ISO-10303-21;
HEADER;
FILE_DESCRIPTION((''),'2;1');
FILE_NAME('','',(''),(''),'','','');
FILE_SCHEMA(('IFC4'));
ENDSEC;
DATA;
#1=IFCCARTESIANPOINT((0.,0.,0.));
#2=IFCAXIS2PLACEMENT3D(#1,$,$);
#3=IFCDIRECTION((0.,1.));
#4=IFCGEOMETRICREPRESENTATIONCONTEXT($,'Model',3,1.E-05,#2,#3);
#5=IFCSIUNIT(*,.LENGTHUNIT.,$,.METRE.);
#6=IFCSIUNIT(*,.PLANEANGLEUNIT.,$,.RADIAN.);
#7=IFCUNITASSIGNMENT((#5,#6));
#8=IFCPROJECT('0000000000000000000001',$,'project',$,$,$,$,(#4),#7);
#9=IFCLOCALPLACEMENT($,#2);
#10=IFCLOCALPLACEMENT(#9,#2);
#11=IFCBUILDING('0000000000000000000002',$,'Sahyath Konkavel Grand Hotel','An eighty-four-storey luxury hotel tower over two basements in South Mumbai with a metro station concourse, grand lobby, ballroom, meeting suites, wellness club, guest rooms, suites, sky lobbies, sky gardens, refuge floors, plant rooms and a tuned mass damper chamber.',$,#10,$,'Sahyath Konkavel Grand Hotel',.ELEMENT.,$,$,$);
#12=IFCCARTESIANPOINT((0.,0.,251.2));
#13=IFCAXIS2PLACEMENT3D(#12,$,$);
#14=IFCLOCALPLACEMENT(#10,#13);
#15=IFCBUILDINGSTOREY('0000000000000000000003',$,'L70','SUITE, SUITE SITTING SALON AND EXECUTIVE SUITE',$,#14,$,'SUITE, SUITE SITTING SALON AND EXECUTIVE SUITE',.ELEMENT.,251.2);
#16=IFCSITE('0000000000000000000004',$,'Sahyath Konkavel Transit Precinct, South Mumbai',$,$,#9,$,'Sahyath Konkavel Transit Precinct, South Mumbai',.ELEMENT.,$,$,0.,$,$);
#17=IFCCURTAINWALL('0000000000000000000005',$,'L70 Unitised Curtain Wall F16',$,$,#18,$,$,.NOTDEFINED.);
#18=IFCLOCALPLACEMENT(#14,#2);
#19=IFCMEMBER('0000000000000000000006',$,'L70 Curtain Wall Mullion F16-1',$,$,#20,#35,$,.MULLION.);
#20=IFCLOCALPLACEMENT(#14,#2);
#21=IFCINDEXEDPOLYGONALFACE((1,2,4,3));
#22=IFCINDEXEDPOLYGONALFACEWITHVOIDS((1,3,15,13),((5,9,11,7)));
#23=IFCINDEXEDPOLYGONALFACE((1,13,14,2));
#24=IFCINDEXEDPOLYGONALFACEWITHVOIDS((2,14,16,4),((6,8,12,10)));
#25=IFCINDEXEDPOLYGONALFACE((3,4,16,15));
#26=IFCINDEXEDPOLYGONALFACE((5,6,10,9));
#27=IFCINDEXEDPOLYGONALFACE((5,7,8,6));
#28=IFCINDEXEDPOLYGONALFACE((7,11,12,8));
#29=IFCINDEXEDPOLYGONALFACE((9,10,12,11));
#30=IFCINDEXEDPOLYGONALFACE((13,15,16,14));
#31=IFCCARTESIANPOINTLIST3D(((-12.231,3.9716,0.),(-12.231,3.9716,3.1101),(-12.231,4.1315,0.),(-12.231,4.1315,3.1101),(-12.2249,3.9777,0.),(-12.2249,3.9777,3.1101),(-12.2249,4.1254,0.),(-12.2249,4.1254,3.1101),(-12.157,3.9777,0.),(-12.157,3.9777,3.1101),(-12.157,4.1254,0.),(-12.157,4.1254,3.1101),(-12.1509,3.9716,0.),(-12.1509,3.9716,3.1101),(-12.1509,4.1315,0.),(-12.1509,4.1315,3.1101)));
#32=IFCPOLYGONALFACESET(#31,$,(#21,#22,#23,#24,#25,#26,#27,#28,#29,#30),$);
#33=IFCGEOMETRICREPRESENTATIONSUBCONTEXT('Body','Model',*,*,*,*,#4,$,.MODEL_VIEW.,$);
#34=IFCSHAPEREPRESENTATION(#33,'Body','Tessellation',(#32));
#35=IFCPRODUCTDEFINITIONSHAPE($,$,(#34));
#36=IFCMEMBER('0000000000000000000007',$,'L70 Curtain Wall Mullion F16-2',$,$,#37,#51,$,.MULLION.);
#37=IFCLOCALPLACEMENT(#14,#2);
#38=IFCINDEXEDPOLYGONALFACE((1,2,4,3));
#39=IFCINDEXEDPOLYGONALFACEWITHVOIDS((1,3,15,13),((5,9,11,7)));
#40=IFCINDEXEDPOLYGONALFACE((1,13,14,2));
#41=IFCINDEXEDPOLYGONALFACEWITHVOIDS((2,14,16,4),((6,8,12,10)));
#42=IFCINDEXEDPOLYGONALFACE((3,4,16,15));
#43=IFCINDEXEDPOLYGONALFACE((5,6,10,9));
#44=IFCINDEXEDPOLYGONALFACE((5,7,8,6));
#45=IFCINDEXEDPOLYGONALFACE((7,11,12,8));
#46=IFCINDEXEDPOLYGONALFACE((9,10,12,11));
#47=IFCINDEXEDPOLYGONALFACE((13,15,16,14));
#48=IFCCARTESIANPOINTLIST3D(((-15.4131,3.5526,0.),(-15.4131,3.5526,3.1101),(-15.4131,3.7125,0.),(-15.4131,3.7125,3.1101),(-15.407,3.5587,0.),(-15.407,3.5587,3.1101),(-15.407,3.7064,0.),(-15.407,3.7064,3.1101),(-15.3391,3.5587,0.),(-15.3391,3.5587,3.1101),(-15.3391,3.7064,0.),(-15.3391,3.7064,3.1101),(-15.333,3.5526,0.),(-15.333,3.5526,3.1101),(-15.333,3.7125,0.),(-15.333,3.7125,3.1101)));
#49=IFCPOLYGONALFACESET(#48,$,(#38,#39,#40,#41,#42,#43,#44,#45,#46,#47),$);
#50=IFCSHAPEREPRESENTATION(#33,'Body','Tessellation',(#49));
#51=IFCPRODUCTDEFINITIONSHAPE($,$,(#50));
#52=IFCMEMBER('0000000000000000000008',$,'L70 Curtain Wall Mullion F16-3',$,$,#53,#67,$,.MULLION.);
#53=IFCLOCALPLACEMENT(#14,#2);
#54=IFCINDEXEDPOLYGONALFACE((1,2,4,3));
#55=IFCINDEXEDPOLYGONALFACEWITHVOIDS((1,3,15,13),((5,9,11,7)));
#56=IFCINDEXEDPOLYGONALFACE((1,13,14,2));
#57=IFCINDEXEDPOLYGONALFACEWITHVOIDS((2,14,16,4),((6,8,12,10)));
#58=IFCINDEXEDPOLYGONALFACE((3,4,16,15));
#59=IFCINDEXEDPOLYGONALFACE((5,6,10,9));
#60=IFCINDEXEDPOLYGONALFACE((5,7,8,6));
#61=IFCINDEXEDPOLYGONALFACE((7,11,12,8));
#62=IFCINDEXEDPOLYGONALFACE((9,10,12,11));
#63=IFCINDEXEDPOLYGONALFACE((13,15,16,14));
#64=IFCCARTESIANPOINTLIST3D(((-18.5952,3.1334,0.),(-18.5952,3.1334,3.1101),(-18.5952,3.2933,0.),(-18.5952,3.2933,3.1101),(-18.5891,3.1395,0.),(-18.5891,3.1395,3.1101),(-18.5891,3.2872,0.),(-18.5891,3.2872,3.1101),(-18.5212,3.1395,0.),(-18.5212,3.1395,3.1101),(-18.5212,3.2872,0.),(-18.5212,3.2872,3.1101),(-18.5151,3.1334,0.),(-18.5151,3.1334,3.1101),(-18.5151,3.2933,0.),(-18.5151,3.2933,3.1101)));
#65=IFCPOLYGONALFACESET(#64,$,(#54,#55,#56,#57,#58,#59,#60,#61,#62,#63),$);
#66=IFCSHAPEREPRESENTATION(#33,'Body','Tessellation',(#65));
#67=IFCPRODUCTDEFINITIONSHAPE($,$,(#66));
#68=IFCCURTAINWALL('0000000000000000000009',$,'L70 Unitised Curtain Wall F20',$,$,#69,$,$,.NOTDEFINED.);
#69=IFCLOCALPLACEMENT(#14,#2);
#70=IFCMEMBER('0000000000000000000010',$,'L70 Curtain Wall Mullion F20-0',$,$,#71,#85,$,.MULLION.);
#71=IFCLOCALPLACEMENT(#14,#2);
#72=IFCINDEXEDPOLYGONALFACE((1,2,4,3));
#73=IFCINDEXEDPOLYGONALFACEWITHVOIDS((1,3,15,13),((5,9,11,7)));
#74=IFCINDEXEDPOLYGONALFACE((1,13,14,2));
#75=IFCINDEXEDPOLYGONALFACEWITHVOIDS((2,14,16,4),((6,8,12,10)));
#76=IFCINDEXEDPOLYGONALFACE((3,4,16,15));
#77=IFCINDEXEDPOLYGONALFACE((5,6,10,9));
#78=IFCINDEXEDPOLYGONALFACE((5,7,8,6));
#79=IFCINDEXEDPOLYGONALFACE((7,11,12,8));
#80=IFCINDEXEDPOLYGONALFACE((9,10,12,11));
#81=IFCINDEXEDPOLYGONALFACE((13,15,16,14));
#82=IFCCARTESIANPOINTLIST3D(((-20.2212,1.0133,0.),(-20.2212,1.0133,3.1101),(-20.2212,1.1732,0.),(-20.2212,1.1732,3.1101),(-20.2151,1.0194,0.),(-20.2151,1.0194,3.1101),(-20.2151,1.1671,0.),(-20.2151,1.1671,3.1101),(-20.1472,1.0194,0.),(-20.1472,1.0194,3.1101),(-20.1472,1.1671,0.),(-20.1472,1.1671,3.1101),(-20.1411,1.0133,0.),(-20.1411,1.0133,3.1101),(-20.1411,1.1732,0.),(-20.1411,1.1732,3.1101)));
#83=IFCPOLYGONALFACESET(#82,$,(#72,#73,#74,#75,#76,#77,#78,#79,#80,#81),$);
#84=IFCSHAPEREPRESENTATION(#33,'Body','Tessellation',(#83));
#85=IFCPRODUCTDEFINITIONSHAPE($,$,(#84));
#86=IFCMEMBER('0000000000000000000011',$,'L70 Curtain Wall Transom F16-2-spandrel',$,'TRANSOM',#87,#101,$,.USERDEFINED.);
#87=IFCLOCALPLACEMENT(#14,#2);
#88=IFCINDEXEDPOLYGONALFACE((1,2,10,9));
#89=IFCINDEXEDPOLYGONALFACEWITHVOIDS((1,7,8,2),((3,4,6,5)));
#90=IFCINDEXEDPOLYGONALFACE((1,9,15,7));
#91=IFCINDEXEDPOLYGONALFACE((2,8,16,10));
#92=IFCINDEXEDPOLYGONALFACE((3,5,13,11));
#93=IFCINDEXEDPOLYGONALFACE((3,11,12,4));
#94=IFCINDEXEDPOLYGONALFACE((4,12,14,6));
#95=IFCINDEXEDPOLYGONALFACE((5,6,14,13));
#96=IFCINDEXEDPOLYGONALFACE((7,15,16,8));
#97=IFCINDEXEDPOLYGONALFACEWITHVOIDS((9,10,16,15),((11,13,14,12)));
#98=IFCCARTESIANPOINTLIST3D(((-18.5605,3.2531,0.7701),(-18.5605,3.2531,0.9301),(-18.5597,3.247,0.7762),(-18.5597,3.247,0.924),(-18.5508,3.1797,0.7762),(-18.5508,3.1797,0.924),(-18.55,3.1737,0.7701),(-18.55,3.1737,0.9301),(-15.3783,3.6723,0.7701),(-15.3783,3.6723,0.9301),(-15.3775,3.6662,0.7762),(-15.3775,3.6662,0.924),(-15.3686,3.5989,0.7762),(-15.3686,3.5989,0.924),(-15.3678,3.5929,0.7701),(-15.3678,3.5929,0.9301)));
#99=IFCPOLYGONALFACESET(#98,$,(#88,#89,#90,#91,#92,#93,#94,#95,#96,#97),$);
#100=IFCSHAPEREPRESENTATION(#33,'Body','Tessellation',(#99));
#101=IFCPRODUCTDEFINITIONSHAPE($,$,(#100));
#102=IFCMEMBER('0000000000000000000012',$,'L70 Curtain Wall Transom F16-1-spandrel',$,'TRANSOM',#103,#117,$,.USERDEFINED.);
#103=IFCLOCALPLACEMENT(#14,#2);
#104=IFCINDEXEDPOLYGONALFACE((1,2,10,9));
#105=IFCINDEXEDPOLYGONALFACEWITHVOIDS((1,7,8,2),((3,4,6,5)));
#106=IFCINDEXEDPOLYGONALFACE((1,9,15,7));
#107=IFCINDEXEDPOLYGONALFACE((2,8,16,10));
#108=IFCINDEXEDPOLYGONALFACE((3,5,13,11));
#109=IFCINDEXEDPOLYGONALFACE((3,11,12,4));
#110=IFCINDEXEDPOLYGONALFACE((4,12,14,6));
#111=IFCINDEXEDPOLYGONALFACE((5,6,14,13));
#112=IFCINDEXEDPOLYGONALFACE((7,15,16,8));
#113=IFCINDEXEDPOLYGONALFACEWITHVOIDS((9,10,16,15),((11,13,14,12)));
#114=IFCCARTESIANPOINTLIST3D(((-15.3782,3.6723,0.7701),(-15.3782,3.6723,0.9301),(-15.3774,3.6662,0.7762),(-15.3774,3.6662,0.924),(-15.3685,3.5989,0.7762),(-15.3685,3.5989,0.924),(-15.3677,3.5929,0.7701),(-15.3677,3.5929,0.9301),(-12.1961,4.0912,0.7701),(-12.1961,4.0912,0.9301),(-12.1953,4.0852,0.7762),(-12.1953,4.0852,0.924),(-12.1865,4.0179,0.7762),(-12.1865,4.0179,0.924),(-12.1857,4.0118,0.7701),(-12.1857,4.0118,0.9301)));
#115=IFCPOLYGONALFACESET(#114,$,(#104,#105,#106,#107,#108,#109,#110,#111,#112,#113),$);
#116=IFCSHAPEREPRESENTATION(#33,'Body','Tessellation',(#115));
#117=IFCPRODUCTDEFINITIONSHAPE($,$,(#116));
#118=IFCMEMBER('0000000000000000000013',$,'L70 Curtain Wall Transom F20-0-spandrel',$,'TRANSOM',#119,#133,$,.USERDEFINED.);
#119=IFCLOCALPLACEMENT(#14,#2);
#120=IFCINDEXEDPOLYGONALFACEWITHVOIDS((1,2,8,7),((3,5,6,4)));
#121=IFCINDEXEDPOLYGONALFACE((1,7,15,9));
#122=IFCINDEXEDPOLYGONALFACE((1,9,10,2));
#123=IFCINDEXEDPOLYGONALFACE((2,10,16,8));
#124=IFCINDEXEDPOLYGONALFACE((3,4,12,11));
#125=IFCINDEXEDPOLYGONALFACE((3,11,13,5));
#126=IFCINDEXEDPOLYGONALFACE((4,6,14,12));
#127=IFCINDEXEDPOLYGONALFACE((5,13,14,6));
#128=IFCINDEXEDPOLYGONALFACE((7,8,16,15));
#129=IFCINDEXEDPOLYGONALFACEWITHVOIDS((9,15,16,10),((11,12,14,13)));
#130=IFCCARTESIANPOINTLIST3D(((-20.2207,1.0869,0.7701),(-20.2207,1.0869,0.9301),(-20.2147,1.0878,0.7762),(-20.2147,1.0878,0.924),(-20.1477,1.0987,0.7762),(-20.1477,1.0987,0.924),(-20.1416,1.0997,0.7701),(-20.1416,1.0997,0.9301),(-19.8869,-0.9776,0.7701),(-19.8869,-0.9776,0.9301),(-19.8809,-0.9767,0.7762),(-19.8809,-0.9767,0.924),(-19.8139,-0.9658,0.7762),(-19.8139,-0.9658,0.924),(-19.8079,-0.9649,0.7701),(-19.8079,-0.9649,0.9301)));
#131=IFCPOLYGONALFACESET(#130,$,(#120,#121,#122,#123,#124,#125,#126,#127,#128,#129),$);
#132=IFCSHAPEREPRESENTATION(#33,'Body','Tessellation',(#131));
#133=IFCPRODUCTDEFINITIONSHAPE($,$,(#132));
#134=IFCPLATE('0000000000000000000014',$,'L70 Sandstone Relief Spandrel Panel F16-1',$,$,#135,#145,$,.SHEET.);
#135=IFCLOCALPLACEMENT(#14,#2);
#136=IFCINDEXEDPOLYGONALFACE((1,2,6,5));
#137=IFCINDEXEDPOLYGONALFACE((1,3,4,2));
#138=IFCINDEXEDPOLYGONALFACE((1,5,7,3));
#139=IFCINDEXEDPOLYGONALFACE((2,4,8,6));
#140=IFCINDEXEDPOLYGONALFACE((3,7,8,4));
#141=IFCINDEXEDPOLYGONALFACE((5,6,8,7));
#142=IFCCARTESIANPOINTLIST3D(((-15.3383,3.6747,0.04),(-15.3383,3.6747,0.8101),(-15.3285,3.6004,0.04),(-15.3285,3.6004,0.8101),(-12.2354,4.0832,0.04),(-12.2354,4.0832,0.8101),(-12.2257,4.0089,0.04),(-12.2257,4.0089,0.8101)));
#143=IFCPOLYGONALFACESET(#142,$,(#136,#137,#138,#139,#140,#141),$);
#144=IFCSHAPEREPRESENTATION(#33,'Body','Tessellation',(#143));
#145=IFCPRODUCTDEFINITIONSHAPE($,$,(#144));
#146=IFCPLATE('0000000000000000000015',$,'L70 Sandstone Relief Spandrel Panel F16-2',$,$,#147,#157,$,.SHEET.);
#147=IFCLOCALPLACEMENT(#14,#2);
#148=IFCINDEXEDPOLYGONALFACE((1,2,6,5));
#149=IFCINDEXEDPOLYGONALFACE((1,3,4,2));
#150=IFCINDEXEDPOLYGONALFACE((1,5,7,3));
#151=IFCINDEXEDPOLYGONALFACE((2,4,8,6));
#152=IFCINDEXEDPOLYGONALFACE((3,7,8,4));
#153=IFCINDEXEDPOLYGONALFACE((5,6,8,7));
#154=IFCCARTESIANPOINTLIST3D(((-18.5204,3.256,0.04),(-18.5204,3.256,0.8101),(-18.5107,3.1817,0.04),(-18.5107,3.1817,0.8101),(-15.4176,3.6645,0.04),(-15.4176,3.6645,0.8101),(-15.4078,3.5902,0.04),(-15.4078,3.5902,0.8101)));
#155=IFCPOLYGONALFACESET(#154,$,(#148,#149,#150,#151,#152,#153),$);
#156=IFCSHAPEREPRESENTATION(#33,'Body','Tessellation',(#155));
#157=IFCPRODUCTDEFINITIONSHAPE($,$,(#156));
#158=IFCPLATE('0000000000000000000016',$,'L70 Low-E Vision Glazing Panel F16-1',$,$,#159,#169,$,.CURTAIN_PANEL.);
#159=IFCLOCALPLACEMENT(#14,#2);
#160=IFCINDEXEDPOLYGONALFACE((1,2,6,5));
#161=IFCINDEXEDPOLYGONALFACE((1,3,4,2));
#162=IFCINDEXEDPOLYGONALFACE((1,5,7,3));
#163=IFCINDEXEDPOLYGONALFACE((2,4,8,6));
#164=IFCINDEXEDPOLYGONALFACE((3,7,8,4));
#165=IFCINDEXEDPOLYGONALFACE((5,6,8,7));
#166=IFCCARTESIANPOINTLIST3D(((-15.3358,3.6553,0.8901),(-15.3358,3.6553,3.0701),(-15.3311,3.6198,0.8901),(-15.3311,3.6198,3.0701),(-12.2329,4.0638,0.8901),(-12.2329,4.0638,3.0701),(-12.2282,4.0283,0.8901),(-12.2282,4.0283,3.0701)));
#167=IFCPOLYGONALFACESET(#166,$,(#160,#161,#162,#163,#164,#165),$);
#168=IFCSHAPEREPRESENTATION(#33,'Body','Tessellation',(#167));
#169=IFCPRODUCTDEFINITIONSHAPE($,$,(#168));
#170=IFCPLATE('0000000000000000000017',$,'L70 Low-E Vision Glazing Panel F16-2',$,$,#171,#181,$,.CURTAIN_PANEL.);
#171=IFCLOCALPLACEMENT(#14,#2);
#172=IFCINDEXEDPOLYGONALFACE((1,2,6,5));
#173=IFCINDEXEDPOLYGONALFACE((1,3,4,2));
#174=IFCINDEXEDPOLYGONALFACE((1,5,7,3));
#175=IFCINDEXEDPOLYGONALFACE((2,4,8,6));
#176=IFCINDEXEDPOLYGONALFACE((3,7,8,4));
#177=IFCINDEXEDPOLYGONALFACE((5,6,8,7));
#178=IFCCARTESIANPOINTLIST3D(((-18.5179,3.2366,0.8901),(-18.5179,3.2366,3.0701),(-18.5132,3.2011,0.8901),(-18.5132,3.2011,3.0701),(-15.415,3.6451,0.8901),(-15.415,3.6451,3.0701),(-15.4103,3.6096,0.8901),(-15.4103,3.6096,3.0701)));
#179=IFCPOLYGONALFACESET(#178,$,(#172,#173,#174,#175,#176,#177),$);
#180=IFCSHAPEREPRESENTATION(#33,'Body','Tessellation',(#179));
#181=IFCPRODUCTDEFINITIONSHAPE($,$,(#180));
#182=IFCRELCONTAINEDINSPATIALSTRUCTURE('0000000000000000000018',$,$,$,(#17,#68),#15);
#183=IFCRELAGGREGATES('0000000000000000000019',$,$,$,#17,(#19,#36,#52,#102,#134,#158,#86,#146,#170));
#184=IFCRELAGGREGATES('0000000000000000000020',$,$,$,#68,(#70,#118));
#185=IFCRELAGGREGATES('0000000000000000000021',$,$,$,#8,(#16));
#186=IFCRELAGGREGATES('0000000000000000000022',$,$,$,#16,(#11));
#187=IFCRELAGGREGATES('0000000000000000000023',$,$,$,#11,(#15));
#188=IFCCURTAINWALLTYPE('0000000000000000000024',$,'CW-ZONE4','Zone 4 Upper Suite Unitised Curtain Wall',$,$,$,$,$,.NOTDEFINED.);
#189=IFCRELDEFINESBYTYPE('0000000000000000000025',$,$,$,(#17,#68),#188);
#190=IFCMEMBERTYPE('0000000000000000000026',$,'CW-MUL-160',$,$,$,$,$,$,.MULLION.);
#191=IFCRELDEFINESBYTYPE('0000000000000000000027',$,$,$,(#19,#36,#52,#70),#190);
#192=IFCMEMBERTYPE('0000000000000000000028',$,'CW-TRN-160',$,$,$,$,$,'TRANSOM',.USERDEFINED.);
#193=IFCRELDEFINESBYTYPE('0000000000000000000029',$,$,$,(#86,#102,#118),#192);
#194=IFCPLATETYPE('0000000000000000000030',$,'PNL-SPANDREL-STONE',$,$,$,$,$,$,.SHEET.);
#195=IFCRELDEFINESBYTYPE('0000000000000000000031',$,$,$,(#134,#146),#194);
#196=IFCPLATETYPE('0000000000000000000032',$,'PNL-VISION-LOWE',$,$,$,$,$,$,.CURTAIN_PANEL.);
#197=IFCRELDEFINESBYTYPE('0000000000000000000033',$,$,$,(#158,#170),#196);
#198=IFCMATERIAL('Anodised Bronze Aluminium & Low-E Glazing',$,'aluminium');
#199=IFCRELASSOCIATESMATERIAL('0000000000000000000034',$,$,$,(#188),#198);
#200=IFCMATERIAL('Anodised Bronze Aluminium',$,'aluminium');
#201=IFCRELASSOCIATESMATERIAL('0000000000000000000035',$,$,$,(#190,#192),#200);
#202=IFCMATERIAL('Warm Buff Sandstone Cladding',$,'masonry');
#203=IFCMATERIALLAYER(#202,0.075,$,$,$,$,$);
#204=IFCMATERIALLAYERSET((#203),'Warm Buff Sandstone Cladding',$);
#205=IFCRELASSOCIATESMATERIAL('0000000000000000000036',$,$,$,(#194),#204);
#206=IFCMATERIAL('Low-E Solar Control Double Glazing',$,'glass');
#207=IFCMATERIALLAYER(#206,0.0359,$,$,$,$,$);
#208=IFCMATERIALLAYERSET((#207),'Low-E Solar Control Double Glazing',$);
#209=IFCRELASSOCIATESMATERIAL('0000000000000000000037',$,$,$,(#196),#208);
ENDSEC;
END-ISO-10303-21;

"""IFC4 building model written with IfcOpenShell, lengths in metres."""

from ifc_helpers import new_model, si_unit, direction, frame, origin, origin_2d, place, context, subcontext, project, spatial, rectangle, hollow_rectangle, extrude, source, transform, mapped, material, layer, layer_set, material_profile, profile_set, type_object, element, aggregate, save


model = new_model("IFC4")

# Units and contexts
model_context = context("Model", 3, precision=1e-05, world=origin(), true_north=direction((0.0, 1.0)))
body_context = subcontext(model_context, "Body", "Model", "MODEL_VIEW")
ifc_project = project(units=[si_unit("LENGTHUNIT", "METRE"), si_unit("PLANEANGLEUNIT", "RADIAN")], contexts=[model_context])

# Site, building, storey
site_placement = place(None, origin())
site = spatial("IfcSite", under=ifc_project, at=site_placement, Name="Sahyath Konkavel Transit Precinct, South Mumbai", LongName="Sahyath Konkavel Transit Precinct, South Mumbai", CompositionType="ELEMENT", RefElevation=0.0)
building_placement = place(site_placement, origin())
building = spatial("IfcBuilding", under=site, at=building_placement, Name="Sahyath Konkavel Grand Hotel", Description="An eighty-four-storey luxury hotel tower over two basements in South Mumbai with a metro station concourse, grand lobby, ballroom, meeting suites, wellness club, guest rooms, suites, sky lobbies, sky gardens, refuge floors, plant rooms and a tuned mass damper chamber.", LongName="Sahyath Konkavel Grand Hotel", CompositionType="ELEMENT")
storey_placement = place(building_placement, frame((0.0, 0.0, 251.2)))
storey = spatial("IfcBuildingStorey", under=building, at=storey_placement, Name="L70", Description="SUITE, SUITE SITTING SALON AND EXECUTIVE SUITE", LongName="SUITE, SUITE SITTING SALON AND EXECUTIVE SUITE", CompositionType="ELEMENT", Elevation=251.2)

# Curtain wall, members
ifc_material_1 = material(Name="Anodised Bronze Aluminium & Low-E Glazing", Category="aluminium")
curtain_wall_type = type_object("IfcCurtainWallType", Name="CW-ZONE4", Description="Zone 4 Upper Suite Unitised Curtain Wall", PredefinedType="NOTDEFINED", material=ifc_material_1)
curtain_wall_1_placement = place(storey_placement, origin())
curtain_wall_1 = element("IfcCurtainWall", 1, at=curtain_wall_1_placement, inside=storey, type_object=curtain_wall_type, Name="L70 Unitised Curtain Wall F16", PredefinedType="NOTDEFINED")
ifc_material_2 = material(Name="Anodised Bronze Aluminium", Category="aluminium")
ifc_material_profile_1 = material_profile(ifc_material_2, hollow_rectangle(XDim=0.0801, YDim=0.1599, WallThickness=0.0061, at=origin_2d()), Name="RHS 160x80x6")
ifc_profile_set_1 = profile_set([ifc_material_profile_1], Name="Anodised Bronze Aluminium")
member_type_1 = type_object("IfcMemberType", Name="CW-MUL-160", PredefinedType="MULLION", material=ifc_profile_set_1)
shared_shape_1 = source(origin(), body_context, "Body", "SweptSolid", [
    extrude(hollow_rectangle(XDim=0.0801, YDim=0.1599, WallThickness=0.0061, at=origin_2d()), origin(), (0.0, 0.0, 1.0), 3.1101),
])
member_1_placement = place(storey_placement, frame((-12.1909, 4.0515, 0.0), z_axis=(0.0, 0.0, 1.0), x_axis=(1.0, 0.0, 0.0)))
member_1 = element("IfcMember", 2, at=member_1_placement, type_object=member_type_1, Name="L70 Curtain Wall Mullion F16-1", PredefinedType="MULLION", context=body_context, shape_type="MappedRepresentation", body=[
    mapped(shared_shape_1, transform((0.0, 0.0, 0.0), scale=1.0)),
])
member_2_placement = place(storey_placement, frame((-15.373, 3.6326, 0.0), z_axis=(0.0, 0.0, 1.0), x_axis=(1.0, 0.0, 0.0)))
member_2 = element("IfcMember", 3, at=member_2_placement, type_object=member_type_1, Name="L70 Curtain Wall Mullion F16-2", PredefinedType="MULLION", context=body_context, shape_type="MappedRepresentation", body=[
    mapped(shared_shape_1, transform((0.0, 0.0, 0.0), scale=1.0)),
])
member_3_placement = place(storey_placement, frame((-18.5552, 3.2134, 0.0), z_axis=(0.0, 0.0, 1.0), x_axis=(1.0, 0.0, 0.0)))
member_3 = element("IfcMember", 4, at=member_3_placement, type_object=member_type_1, Name="L70 Curtain Wall Mullion F16-3", PredefinedType="MULLION", context=body_context, shape_type="MappedRepresentation", body=[
    mapped(shared_shape_1, transform((0.0, 0.0, 0.0), scale=1.0)),
])

# Curtain wall, member
curtain_wall_2_placement = place(storey_placement, origin())
curtain_wall_2 = element("IfcCurtainWall", 5, at=curtain_wall_2_placement, inside=storey, type_object=curtain_wall_type, Name="L70 Unitised Curtain Wall F20", PredefinedType="NOTDEFINED")
member_4_placement = place(storey_placement, frame((-20.1812, 1.0933, 0.0), z_axis=(0.0, 0.0, 1.0), x_axis=(1.0, 0.0, 0.0)))
member_4 = element("IfcMember", 6, at=member_4_placement, type_object=member_type_1, Name="L70 Curtain Wall Mullion F20-0", PredefinedType="MULLION", context=body_context, shape_type="MappedRepresentation", body=[
    mapped(shared_shape_1, transform((0.0, 0.0, 0.0), scale=1.0)),
])

# Members
ifc_material_profile_2 = material_profile(ifc_material_2, hollow_rectangle(XDim=0.0801, YDim=0.1599, WallThickness=0.0061, at=origin_2d()), Name="RHS 160x80x6")
ifc_profile_set_2 = profile_set([ifc_material_profile_2], Name="Anodised Bronze Aluminium")
member_type_2 = type_object("IfcMemberType", Name="CW-TRN-160", ElementType="TRANSOM", PredefinedType="USERDEFINED", material=ifc_profile_set_2)
shared_shape_2 = source(origin(), body_context, "Body", "SweptSolid", [
    extrude(hollow_rectangle(XDim=0.0801, YDim=0.1599, WallThickness=0.0061, at=origin_2d()), origin(), (0.0, 0.0, 1.0), 3.2097),
])
member_5_placement = place(storey_placement, frame((-15.373, 3.6326, 0.8501), z_axis=(-0.991435, -0.130604, 0.0), x_axis=(0.130604, -0.991435, 0.0)))
member_5 = element("IfcMember", 7, at=member_5_placement, type_object=member_type_2, Name="L70 Curtain Wall Transom F16-2-spandrel", ObjectType="TRANSOM", PredefinedType="USERDEFINED", context=body_context, shape_type="MappedRepresentation", body=[
    mapped(shared_shape_2, transform((0.0, 0.0, 0.0), scale=1.0)),
])
shared_shape_3 = source(origin(), body_context, "Body", "SweptSolid", [
    extrude(hollow_rectangle(XDim=0.0801, YDim=0.1599, WallThickness=0.0061, at=origin_2d()), origin(), (0.0, 0.0, 1.0), 3.2095),
])
member_6_placement = place(storey_placement, frame((-12.1909, 4.0515, 0.8501), z_axis=(-0.991444, -0.130529, 0.0), x_axis=(0.130529, -0.991444, 0.0)))
member_6 = element("IfcMember", 8, at=member_6_placement, type_object=member_type_2, Name="L70 Curtain Wall Transom F16-1-spandrel", ObjectType="TRANSOM", PredefinedType="USERDEFINED", context=body_context, shape_type="MappedRepresentation", body=[
    mapped(shared_shape_3, transform((0.0, 0.0, 0.0), scale=1.0)),
])
shared_shape_4 = source(origin(), body_context, "Body", "SweptSolid", [
    extrude(hollow_rectangle(XDim=0.0801, YDim=0.1599, WallThickness=0.0061, at=origin_2d()), origin(), (0.0, 0.0, 1.0), 2.0913),
])
member_7_placement = place(storey_placement, frame((-20.1812, 1.0933, 0.8501), z_axis=(0.159588, -0.987184, 0.0), x_axis=(0.987184, 0.159588, 0.0)))
member_7 = element("IfcMember", 9, at=member_7_placement, type_object=member_type_2, Name="L70 Curtain Wall Transom F20-0-spandrel", ObjectType="TRANSOM", PredefinedType="USERDEFINED", context=body_context, shape_type="MappedRepresentation", body=[
    mapped(shared_shape_4, transform((0.0, 0.0, 0.0), scale=1.0)),
])

# Plates
ifc_material_3 = material(Name="Warm Buff Sandstone Cladding", Category="masonry")
ifc_layer_1 = layer(ifc_material_3, 0.075)
ifc_layer_set_1 = layer_set([ifc_layer_1], Name="Warm Buff Sandstone Cladding")
plate_type_1 = type_object("IfcPlateType", Name="PNL-SPANDREL-STONE", PredefinedType="SHEET", material=ifc_layer_set_1)
shared_shape_5 = source(origin(), body_context, "Body", "SweptSolid", [
    extrude(rectangle(XDim=3.1296, YDim=0.075, at=origin_2d()), origin(), (0.0, 0.0, 1.0), 0.77),
])
plate_1_placement = place(storey_placement, frame((-13.782, 3.8418, 0.04), z_axis=(0.0, 0.0, 1.0), x_axis=(-0.991445, -0.130526, 0.0)))
plate_1 = element("IfcPlate", 10, at=plate_1_placement, type_object=plate_type_1, Name="L70 Sandstone Relief Spandrel Panel F16-1", PredefinedType="SHEET", context=body_context, shape_type="MappedRepresentation", body=[
    mapped(shared_shape_5, transform((0.0, 0.0, 0.0), scale=1.0)),
])
plate_2_placement = place(storey_placement, frame((-16.9641, 3.4231, 0.04), z_axis=(0.0, 0.0, 1.0), x_axis=(-0.991445, -0.130526, 0.0)))
plate_2 = element("IfcPlate", 11, at=plate_2_placement, type_object=plate_type_1, Name="L70 Sandstone Relief Spandrel Panel F16-2", PredefinedType="SHEET", context=body_context, shape_type="MappedRepresentation", body=[
    mapped(shared_shape_5, transform((0.0, 0.0, 0.0), scale=1.0)),
])
ifc_material_4 = material(Name="Low-E Solar Control Double Glazing", Category="glass")
ifc_layer_2 = layer(ifc_material_4, 0.0359)
ifc_layer_set_2 = layer_set([ifc_layer_2], Name="Low-E Solar Control Double Glazing")
plate_type_2 = type_object("IfcPlateType", Name="PNL-VISION-LOWE", PredefinedType="CURTAIN_PANEL", material=ifc_layer_set_2)
shared_shape_6 = source(origin(), body_context, "Body", "SweptSolid", [
    extrude(rectangle(XDim=3.1296, YDim=0.0359, at=origin_2d()), origin(), (0.0, 0.0, 1.0), 2.1799),
])
plate_3_placement = place(storey_placement, frame((-13.782, 3.8418, 0.8901), z_axis=(0.0, 0.0, 1.0), x_axis=(-0.991445, -0.130526, 0.0)))
plate_3 = element("IfcPlate", 12, at=plate_3_placement, type_object=plate_type_2, Name="L70 Low-E Vision Glazing Panel F16-1", PredefinedType="CURTAIN_PANEL", context=body_context, shape_type="MappedRepresentation", body=[
    mapped(shared_shape_6, transform((0.0, 0.0, 0.0), scale=1.0)),
])
plate_4_placement = place(storey_placement, frame((-16.9641, 3.4231, 0.8901), z_axis=(0.0, 0.0, 1.0), x_axis=(-0.991445, -0.130526, 0.0)))
plate_4 = element("IfcPlate", 13, at=plate_4_placement, type_object=plate_type_2, Name="L70 Low-E Vision Glazing Panel F16-2", PredefinedType="CURTAIN_PANEL", context=body_context, shape_type="MappedRepresentation", body=[
    mapped(shared_shape_6, transform((0.0, 0.0, 0.0), scale=1.0)),
])
aggregate(curtain_wall_1, [member_1, member_2, member_3, member_6, plate_1, plate_3, member_5, plate_2, plate_4])
aggregate(curtain_wall_2, [member_4, member_7])

save(model, "model.ifc")
